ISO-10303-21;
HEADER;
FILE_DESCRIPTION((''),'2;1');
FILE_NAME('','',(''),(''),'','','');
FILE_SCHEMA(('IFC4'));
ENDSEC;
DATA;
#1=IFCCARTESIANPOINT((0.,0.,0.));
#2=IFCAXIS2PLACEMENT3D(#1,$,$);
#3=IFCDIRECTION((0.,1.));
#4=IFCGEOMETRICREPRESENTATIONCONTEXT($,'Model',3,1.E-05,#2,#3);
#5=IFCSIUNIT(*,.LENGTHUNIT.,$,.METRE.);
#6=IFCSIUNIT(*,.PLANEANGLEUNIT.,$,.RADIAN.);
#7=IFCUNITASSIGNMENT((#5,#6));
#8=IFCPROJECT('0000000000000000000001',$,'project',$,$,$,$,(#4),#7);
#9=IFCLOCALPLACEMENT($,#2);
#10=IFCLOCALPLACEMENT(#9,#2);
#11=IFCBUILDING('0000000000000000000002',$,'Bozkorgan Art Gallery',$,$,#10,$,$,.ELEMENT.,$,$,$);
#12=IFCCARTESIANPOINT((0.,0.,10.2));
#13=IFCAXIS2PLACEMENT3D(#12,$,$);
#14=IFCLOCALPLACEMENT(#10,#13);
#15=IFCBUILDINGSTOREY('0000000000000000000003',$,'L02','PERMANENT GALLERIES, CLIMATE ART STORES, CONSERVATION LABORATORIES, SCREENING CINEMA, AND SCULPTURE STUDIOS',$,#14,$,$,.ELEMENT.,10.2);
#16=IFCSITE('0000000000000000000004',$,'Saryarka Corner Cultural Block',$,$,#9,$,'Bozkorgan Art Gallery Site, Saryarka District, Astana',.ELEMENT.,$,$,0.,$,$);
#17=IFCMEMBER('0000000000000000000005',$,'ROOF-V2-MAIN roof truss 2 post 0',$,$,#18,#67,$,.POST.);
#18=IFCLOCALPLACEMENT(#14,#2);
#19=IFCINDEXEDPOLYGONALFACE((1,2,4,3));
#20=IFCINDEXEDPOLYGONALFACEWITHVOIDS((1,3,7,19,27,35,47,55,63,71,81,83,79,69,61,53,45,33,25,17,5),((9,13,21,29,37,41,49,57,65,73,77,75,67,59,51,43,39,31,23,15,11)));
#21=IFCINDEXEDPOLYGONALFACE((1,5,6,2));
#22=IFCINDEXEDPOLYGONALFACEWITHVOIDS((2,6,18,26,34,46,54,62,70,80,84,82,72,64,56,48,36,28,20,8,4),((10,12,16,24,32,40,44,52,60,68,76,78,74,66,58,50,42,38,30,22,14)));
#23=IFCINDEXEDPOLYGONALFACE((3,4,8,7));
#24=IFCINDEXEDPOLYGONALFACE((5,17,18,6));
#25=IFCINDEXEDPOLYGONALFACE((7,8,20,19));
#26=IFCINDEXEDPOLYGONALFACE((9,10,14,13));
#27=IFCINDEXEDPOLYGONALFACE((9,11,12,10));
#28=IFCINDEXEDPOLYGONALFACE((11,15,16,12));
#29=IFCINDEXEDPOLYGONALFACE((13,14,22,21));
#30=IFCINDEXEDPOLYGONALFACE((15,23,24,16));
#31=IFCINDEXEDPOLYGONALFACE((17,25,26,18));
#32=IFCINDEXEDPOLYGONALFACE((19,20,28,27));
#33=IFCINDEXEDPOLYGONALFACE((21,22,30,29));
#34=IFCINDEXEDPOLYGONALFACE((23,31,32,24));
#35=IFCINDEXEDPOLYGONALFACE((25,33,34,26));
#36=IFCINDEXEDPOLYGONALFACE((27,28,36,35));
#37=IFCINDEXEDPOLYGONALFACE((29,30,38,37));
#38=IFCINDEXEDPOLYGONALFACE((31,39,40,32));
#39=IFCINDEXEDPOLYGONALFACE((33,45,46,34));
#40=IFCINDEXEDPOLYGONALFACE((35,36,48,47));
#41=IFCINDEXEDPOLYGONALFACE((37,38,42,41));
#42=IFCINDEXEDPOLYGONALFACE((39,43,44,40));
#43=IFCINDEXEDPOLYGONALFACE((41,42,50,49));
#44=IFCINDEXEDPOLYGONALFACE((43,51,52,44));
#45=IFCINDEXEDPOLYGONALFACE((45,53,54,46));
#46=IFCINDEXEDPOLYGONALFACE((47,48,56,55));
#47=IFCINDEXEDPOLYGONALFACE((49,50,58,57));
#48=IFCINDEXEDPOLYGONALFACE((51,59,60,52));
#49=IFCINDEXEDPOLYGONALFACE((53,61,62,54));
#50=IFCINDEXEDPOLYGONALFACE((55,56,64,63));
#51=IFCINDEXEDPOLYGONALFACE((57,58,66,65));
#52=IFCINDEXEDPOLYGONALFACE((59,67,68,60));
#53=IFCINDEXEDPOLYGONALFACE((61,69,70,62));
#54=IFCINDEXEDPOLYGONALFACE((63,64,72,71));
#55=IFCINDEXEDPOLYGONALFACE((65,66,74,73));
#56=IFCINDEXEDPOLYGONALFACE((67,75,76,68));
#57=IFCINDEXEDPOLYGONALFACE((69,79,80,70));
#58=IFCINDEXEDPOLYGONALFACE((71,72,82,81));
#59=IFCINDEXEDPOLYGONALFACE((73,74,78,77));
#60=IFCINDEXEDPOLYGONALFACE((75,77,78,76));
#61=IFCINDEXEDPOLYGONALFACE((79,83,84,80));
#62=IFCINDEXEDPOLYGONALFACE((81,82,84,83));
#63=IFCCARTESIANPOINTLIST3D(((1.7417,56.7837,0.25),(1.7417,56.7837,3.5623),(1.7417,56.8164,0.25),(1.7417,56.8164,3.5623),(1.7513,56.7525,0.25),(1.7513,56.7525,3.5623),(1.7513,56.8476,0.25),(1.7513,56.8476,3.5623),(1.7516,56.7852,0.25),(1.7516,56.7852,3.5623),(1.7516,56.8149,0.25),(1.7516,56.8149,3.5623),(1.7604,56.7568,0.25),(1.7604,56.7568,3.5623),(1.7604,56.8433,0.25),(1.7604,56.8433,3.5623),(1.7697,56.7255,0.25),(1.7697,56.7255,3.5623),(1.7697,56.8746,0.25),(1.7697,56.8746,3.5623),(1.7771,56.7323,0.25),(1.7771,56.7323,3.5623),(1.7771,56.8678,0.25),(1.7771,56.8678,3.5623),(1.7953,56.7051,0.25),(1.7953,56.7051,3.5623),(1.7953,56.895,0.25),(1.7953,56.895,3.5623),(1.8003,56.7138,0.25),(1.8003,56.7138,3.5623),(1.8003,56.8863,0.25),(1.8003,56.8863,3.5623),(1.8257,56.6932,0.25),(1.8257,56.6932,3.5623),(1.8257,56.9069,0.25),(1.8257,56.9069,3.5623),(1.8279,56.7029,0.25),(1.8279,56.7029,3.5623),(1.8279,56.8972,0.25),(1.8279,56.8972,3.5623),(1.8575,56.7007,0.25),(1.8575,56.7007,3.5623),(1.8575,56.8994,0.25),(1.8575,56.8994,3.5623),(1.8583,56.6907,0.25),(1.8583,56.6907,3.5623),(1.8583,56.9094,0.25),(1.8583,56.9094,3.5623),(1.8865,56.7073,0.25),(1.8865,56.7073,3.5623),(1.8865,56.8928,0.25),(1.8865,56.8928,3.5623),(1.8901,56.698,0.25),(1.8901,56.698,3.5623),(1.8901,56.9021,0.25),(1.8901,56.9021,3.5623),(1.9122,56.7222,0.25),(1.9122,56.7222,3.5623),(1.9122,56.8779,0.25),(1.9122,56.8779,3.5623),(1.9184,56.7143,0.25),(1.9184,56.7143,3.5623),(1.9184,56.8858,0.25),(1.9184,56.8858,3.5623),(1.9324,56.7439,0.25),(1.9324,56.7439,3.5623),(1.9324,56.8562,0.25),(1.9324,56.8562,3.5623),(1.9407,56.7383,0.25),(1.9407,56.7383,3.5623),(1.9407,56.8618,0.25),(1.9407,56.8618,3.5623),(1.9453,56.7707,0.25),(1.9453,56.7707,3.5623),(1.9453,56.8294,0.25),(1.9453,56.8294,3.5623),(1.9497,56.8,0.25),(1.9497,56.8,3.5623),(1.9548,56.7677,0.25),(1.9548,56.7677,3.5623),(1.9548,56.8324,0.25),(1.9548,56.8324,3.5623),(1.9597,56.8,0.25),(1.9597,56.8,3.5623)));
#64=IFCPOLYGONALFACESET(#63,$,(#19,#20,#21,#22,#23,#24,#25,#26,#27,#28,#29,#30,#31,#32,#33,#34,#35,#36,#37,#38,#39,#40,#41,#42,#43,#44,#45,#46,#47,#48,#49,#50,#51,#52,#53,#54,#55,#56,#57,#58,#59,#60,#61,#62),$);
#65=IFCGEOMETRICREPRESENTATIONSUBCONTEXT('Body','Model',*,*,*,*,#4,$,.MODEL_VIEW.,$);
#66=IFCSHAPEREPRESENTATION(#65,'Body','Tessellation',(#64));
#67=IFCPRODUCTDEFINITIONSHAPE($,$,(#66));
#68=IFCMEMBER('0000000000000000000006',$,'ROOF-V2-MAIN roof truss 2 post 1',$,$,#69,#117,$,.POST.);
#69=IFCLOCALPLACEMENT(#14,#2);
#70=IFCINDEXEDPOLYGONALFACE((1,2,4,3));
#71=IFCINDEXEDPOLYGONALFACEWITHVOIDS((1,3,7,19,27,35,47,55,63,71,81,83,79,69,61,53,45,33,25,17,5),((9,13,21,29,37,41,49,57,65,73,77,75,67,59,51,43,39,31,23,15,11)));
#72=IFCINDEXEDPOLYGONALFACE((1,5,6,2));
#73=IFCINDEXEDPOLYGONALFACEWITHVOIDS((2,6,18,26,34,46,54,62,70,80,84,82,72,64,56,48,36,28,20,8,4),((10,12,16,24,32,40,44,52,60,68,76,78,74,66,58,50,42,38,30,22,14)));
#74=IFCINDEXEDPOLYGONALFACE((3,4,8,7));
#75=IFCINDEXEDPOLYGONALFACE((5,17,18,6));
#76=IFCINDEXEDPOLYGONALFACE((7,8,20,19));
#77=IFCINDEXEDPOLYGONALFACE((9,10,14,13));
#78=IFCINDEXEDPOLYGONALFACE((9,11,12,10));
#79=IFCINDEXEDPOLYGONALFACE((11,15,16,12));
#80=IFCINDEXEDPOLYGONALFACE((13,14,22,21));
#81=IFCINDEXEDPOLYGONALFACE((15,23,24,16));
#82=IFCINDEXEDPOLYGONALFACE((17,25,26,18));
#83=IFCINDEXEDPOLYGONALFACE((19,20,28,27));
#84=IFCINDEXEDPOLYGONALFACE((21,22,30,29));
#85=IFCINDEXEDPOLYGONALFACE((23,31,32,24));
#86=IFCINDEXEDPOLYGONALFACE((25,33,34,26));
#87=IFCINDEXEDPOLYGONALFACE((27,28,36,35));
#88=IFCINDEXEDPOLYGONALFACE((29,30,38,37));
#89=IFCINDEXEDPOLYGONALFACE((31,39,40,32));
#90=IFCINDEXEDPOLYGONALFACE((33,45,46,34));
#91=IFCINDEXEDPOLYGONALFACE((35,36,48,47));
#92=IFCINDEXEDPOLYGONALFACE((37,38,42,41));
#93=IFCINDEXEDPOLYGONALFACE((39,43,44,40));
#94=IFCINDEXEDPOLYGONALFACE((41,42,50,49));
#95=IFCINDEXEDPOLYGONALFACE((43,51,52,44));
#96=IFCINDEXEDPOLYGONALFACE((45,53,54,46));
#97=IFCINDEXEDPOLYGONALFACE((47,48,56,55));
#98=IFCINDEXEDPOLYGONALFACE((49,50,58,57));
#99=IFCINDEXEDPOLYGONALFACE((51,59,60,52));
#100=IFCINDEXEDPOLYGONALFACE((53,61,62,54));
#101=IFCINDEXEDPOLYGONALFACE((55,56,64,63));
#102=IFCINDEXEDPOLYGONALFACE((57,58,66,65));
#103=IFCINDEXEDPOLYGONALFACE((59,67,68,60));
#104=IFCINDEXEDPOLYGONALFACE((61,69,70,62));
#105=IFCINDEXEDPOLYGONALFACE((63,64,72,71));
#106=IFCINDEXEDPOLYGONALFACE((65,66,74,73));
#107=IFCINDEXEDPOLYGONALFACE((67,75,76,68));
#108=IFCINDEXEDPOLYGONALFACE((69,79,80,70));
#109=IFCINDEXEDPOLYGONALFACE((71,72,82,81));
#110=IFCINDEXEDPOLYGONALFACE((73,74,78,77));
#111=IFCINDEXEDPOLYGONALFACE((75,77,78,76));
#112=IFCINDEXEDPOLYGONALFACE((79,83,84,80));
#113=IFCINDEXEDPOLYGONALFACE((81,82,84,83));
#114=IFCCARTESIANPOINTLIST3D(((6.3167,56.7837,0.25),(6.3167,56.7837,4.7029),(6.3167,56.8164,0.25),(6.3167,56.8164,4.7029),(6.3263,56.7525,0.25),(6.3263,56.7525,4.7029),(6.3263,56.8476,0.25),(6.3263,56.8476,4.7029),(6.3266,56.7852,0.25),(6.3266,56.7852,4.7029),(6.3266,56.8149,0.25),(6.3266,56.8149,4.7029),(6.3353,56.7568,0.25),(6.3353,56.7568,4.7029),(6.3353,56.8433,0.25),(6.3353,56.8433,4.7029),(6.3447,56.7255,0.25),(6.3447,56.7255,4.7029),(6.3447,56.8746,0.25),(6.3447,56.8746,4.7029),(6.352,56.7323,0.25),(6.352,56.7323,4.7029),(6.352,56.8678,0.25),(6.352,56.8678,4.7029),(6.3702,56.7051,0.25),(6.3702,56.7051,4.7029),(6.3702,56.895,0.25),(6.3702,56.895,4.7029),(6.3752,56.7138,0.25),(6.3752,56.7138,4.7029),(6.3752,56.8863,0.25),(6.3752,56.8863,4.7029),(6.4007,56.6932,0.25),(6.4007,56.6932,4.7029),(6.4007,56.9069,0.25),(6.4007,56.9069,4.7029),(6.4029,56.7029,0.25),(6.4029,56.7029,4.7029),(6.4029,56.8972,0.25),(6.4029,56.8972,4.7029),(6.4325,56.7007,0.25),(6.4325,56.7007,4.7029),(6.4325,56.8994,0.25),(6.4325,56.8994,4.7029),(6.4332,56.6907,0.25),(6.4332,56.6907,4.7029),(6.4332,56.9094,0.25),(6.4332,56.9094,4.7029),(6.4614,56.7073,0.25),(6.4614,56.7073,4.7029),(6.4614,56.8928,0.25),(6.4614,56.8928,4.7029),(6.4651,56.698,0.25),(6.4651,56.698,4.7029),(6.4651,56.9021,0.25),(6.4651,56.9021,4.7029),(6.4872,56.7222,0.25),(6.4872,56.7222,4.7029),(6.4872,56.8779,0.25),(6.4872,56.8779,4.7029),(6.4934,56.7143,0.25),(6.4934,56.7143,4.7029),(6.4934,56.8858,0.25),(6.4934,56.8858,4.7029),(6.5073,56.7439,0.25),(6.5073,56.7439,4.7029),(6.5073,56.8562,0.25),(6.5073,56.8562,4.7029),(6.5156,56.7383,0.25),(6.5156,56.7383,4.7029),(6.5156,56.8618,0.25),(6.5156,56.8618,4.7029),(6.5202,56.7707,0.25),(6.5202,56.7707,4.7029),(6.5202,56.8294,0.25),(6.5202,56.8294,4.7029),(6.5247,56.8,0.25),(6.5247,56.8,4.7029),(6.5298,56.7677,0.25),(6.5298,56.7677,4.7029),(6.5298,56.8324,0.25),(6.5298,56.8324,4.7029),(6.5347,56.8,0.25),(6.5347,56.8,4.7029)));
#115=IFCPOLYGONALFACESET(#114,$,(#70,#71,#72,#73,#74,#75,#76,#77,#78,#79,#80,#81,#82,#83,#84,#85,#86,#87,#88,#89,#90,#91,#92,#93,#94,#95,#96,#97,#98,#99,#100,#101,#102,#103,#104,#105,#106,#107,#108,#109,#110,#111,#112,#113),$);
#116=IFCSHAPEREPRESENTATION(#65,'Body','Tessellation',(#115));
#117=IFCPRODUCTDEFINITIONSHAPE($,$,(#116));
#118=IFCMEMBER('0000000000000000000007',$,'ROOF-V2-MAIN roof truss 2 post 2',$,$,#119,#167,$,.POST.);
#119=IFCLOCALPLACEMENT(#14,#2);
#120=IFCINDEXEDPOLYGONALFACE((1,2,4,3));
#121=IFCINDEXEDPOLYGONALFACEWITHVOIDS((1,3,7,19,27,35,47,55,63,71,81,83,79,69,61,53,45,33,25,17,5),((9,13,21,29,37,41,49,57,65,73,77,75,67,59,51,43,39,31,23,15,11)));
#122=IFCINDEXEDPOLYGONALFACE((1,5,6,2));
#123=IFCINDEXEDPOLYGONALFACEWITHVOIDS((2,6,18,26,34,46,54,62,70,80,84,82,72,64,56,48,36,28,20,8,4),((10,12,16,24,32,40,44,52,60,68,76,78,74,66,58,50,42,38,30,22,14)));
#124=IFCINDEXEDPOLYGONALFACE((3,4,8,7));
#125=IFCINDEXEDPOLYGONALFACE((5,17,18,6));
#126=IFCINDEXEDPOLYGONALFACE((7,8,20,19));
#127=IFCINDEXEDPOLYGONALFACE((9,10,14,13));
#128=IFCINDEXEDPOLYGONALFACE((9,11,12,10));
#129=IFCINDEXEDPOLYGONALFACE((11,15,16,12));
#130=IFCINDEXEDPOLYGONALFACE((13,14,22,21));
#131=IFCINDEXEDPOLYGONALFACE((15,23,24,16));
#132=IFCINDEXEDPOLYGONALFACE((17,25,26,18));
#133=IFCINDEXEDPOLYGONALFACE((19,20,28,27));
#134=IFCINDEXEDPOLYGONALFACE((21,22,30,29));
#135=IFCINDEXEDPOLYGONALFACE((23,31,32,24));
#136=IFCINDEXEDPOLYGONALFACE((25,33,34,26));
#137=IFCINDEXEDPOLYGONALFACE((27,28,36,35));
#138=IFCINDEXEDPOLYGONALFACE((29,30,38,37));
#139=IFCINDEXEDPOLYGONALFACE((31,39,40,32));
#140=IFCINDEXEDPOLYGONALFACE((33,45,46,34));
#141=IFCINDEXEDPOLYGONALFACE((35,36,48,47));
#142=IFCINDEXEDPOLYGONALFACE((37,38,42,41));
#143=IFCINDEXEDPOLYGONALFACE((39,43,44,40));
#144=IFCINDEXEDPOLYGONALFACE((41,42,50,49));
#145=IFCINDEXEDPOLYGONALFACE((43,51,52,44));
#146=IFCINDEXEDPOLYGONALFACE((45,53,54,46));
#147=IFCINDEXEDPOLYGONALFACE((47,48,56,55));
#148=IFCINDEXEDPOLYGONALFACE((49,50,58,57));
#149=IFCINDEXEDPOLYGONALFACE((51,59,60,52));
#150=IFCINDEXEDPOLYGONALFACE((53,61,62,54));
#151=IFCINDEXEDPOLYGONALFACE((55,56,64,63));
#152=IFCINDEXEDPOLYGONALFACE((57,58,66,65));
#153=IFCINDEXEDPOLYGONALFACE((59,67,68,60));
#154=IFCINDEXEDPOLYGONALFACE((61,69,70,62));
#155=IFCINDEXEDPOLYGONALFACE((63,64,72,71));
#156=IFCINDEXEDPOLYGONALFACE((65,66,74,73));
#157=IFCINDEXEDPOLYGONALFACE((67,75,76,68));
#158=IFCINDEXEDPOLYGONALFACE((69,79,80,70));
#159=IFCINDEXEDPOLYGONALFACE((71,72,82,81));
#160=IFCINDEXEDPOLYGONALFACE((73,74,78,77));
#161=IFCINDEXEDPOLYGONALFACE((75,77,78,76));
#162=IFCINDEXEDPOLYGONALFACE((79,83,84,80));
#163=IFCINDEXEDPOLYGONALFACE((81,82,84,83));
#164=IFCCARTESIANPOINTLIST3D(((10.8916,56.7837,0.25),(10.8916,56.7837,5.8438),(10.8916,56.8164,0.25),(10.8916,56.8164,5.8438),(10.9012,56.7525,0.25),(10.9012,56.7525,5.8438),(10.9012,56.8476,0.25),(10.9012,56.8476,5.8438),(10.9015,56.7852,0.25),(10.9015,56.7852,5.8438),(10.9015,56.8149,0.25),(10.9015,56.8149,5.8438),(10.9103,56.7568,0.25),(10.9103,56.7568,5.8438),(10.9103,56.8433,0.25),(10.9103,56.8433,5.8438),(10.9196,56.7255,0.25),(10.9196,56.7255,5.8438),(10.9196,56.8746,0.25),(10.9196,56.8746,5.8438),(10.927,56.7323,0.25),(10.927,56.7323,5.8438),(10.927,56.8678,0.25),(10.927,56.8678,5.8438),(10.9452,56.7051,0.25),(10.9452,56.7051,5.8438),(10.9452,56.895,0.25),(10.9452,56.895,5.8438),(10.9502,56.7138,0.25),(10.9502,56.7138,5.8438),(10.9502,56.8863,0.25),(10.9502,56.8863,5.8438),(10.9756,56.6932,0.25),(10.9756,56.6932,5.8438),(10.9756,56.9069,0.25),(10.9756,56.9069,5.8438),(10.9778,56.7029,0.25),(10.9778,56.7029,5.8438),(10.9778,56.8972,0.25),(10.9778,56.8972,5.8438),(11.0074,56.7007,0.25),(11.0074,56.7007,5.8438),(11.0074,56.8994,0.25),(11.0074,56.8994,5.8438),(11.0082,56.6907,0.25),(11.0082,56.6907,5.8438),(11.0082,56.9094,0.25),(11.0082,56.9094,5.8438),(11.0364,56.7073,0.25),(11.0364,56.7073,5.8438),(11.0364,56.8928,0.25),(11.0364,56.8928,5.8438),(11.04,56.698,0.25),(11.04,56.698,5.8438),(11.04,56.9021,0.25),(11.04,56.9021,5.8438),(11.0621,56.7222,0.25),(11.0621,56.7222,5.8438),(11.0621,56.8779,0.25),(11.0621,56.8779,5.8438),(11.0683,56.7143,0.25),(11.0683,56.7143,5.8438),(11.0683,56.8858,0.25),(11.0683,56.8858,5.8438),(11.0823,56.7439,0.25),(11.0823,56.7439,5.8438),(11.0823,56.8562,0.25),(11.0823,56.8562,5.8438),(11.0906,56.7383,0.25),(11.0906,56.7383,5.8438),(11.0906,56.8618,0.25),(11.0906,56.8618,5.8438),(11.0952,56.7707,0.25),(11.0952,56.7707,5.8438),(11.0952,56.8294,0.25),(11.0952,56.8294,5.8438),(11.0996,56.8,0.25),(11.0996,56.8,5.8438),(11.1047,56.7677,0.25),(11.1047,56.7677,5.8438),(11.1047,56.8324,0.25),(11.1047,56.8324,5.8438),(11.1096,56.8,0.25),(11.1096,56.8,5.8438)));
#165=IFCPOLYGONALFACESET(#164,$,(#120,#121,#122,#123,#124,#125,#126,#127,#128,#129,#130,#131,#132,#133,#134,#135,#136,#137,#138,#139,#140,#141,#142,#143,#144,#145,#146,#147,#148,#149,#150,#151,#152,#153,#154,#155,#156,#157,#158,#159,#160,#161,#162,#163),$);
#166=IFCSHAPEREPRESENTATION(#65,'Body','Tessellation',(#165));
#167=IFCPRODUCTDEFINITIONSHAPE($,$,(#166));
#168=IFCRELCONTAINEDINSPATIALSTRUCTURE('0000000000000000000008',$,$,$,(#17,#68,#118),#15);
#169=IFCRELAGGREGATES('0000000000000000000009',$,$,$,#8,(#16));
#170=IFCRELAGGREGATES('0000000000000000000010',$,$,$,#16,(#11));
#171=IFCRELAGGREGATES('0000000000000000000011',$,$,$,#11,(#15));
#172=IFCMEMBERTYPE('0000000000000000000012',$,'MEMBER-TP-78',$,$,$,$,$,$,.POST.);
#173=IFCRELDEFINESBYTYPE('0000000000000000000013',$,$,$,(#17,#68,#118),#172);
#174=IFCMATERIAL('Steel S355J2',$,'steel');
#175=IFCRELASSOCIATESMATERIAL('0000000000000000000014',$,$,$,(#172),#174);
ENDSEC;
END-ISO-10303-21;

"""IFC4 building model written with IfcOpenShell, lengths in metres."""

from ifc_helpers import new_model, si_unit, direction, frame, origin, origin_2d, place, context, subcontext, project, spatial, hollow_circle, extrude, material, material_profile, profile_set, type_object, element, save


model = new_model("IFC4")

# Units and contexts
model_context = context("Model", 3, precision=1e-05, world=origin(), true_north=direction((0.0, 1.0)))
body_context = subcontext(model_context, "Body", "Model", "MODEL_VIEW")
ifc_project = project(units=[si_unit("LENGTHUNIT", "METRE"), si_unit("PLANEANGLEUNIT", "RADIAN")], contexts=[model_context])

# Site, building, storey
site_placement = place(None, origin())
site = spatial("IfcSite", under=ifc_project, at=site_placement, Name="Saryarka Corner Cultural Block", LongName="Bozkorgan Art Gallery Site, Saryarka District, Astana", CompositionType="ELEMENT", RefElevation=0.0)
building_placement = place(site_placement, origin())
building = spatial("IfcBuilding", under=site, at=building_placement, Name="Bozkorgan Art Gallery", CompositionType="ELEMENT")
storey_placement = place(building_placement, frame((0.0, 0.0, 10.2)))
storey = spatial("IfcBuildingStorey", under=building, at=storey_placement, Name="L02", Description="PERMANENT GALLERIES, CLIMATE ART STORES, CONSERVATION LABORATORIES, SCREENING CINEMA, AND SCULPTURE STUDIOS", CompositionType="ELEMENT", Elevation=10.2)

# Shared definitions
ifc_material_1 = material(Name="Steel S355J2", Category="steel")

# Members
ifc_material_profile_1 = material_profile(ifc_material_1, hollow_circle(Radius=0.1096, WallThickness=0.01, at=origin_2d()), Name="CHS 219.1x10")
ifc_profile_set_1 = profile_set([ifc_material_profile_1], Name="Steel S355J2")
member_type_1 = type_object("IfcMemberType", Name="MEMBER-TP-78", PredefinedType="POST", material=ifc_profile_set_1)
member_1_placement = place(storey_placement, frame((1.8501, 56.8, 0.25), z_axis=(0.0, 0.0, 1.0), x_axis=(1.0, 0.0, 0.0)))
element("IfcMember", 1, at=member_1_placement, inside=storey, type_object=member_type_1, Name="ROOF-V2-MAIN roof truss 2 post 0", PredefinedType="POST", context=body_context, shape_type="SweptSolid", body=[
    extrude(hollow_circle(Radius=0.1096, WallThickness=0.01, at=origin_2d()), origin(), (0.0, 0.0, 1.0), 3.3123),
])
member_2_placement = place(storey_placement, frame((6.425, 56.8, 0.25), z_axis=(0.0, 0.0, 1.0), x_axis=(1.0, 0.0, 0.0)))
element("IfcMember", 2, at=member_2_placement, inside=storey, type_object=member_type_1, Name="ROOF-V2-MAIN roof truss 2 post 1", PredefinedType="POST", context=body_context, shape_type="SweptSolid", body=[
    extrude(hollow_circle(Radius=0.1096, WallThickness=0.01, at=origin_2d()), origin(), (0.0, 0.0, 1.0), 4.4529),
])
member_3_placement = place(storey_placement, frame((11.0, 56.8, 0.25), z_axis=(0.0, 0.0, 1.0), x_axis=(1.0, 0.0, 0.0)))
element("IfcMember", 3, at=member_3_placement, inside=storey, type_object=member_type_1, Name="ROOF-V2-MAIN roof truss 2 post 2", PredefinedType="POST", context=body_context, shape_type="SweptSolid", body=[
    extrude(hollow_circle(Radius=0.1096, WallThickness=0.01, at=origin_2d()), origin(), (0.0, 0.0, 1.0), 5.5938),
])

save(model, "model.ifc")
